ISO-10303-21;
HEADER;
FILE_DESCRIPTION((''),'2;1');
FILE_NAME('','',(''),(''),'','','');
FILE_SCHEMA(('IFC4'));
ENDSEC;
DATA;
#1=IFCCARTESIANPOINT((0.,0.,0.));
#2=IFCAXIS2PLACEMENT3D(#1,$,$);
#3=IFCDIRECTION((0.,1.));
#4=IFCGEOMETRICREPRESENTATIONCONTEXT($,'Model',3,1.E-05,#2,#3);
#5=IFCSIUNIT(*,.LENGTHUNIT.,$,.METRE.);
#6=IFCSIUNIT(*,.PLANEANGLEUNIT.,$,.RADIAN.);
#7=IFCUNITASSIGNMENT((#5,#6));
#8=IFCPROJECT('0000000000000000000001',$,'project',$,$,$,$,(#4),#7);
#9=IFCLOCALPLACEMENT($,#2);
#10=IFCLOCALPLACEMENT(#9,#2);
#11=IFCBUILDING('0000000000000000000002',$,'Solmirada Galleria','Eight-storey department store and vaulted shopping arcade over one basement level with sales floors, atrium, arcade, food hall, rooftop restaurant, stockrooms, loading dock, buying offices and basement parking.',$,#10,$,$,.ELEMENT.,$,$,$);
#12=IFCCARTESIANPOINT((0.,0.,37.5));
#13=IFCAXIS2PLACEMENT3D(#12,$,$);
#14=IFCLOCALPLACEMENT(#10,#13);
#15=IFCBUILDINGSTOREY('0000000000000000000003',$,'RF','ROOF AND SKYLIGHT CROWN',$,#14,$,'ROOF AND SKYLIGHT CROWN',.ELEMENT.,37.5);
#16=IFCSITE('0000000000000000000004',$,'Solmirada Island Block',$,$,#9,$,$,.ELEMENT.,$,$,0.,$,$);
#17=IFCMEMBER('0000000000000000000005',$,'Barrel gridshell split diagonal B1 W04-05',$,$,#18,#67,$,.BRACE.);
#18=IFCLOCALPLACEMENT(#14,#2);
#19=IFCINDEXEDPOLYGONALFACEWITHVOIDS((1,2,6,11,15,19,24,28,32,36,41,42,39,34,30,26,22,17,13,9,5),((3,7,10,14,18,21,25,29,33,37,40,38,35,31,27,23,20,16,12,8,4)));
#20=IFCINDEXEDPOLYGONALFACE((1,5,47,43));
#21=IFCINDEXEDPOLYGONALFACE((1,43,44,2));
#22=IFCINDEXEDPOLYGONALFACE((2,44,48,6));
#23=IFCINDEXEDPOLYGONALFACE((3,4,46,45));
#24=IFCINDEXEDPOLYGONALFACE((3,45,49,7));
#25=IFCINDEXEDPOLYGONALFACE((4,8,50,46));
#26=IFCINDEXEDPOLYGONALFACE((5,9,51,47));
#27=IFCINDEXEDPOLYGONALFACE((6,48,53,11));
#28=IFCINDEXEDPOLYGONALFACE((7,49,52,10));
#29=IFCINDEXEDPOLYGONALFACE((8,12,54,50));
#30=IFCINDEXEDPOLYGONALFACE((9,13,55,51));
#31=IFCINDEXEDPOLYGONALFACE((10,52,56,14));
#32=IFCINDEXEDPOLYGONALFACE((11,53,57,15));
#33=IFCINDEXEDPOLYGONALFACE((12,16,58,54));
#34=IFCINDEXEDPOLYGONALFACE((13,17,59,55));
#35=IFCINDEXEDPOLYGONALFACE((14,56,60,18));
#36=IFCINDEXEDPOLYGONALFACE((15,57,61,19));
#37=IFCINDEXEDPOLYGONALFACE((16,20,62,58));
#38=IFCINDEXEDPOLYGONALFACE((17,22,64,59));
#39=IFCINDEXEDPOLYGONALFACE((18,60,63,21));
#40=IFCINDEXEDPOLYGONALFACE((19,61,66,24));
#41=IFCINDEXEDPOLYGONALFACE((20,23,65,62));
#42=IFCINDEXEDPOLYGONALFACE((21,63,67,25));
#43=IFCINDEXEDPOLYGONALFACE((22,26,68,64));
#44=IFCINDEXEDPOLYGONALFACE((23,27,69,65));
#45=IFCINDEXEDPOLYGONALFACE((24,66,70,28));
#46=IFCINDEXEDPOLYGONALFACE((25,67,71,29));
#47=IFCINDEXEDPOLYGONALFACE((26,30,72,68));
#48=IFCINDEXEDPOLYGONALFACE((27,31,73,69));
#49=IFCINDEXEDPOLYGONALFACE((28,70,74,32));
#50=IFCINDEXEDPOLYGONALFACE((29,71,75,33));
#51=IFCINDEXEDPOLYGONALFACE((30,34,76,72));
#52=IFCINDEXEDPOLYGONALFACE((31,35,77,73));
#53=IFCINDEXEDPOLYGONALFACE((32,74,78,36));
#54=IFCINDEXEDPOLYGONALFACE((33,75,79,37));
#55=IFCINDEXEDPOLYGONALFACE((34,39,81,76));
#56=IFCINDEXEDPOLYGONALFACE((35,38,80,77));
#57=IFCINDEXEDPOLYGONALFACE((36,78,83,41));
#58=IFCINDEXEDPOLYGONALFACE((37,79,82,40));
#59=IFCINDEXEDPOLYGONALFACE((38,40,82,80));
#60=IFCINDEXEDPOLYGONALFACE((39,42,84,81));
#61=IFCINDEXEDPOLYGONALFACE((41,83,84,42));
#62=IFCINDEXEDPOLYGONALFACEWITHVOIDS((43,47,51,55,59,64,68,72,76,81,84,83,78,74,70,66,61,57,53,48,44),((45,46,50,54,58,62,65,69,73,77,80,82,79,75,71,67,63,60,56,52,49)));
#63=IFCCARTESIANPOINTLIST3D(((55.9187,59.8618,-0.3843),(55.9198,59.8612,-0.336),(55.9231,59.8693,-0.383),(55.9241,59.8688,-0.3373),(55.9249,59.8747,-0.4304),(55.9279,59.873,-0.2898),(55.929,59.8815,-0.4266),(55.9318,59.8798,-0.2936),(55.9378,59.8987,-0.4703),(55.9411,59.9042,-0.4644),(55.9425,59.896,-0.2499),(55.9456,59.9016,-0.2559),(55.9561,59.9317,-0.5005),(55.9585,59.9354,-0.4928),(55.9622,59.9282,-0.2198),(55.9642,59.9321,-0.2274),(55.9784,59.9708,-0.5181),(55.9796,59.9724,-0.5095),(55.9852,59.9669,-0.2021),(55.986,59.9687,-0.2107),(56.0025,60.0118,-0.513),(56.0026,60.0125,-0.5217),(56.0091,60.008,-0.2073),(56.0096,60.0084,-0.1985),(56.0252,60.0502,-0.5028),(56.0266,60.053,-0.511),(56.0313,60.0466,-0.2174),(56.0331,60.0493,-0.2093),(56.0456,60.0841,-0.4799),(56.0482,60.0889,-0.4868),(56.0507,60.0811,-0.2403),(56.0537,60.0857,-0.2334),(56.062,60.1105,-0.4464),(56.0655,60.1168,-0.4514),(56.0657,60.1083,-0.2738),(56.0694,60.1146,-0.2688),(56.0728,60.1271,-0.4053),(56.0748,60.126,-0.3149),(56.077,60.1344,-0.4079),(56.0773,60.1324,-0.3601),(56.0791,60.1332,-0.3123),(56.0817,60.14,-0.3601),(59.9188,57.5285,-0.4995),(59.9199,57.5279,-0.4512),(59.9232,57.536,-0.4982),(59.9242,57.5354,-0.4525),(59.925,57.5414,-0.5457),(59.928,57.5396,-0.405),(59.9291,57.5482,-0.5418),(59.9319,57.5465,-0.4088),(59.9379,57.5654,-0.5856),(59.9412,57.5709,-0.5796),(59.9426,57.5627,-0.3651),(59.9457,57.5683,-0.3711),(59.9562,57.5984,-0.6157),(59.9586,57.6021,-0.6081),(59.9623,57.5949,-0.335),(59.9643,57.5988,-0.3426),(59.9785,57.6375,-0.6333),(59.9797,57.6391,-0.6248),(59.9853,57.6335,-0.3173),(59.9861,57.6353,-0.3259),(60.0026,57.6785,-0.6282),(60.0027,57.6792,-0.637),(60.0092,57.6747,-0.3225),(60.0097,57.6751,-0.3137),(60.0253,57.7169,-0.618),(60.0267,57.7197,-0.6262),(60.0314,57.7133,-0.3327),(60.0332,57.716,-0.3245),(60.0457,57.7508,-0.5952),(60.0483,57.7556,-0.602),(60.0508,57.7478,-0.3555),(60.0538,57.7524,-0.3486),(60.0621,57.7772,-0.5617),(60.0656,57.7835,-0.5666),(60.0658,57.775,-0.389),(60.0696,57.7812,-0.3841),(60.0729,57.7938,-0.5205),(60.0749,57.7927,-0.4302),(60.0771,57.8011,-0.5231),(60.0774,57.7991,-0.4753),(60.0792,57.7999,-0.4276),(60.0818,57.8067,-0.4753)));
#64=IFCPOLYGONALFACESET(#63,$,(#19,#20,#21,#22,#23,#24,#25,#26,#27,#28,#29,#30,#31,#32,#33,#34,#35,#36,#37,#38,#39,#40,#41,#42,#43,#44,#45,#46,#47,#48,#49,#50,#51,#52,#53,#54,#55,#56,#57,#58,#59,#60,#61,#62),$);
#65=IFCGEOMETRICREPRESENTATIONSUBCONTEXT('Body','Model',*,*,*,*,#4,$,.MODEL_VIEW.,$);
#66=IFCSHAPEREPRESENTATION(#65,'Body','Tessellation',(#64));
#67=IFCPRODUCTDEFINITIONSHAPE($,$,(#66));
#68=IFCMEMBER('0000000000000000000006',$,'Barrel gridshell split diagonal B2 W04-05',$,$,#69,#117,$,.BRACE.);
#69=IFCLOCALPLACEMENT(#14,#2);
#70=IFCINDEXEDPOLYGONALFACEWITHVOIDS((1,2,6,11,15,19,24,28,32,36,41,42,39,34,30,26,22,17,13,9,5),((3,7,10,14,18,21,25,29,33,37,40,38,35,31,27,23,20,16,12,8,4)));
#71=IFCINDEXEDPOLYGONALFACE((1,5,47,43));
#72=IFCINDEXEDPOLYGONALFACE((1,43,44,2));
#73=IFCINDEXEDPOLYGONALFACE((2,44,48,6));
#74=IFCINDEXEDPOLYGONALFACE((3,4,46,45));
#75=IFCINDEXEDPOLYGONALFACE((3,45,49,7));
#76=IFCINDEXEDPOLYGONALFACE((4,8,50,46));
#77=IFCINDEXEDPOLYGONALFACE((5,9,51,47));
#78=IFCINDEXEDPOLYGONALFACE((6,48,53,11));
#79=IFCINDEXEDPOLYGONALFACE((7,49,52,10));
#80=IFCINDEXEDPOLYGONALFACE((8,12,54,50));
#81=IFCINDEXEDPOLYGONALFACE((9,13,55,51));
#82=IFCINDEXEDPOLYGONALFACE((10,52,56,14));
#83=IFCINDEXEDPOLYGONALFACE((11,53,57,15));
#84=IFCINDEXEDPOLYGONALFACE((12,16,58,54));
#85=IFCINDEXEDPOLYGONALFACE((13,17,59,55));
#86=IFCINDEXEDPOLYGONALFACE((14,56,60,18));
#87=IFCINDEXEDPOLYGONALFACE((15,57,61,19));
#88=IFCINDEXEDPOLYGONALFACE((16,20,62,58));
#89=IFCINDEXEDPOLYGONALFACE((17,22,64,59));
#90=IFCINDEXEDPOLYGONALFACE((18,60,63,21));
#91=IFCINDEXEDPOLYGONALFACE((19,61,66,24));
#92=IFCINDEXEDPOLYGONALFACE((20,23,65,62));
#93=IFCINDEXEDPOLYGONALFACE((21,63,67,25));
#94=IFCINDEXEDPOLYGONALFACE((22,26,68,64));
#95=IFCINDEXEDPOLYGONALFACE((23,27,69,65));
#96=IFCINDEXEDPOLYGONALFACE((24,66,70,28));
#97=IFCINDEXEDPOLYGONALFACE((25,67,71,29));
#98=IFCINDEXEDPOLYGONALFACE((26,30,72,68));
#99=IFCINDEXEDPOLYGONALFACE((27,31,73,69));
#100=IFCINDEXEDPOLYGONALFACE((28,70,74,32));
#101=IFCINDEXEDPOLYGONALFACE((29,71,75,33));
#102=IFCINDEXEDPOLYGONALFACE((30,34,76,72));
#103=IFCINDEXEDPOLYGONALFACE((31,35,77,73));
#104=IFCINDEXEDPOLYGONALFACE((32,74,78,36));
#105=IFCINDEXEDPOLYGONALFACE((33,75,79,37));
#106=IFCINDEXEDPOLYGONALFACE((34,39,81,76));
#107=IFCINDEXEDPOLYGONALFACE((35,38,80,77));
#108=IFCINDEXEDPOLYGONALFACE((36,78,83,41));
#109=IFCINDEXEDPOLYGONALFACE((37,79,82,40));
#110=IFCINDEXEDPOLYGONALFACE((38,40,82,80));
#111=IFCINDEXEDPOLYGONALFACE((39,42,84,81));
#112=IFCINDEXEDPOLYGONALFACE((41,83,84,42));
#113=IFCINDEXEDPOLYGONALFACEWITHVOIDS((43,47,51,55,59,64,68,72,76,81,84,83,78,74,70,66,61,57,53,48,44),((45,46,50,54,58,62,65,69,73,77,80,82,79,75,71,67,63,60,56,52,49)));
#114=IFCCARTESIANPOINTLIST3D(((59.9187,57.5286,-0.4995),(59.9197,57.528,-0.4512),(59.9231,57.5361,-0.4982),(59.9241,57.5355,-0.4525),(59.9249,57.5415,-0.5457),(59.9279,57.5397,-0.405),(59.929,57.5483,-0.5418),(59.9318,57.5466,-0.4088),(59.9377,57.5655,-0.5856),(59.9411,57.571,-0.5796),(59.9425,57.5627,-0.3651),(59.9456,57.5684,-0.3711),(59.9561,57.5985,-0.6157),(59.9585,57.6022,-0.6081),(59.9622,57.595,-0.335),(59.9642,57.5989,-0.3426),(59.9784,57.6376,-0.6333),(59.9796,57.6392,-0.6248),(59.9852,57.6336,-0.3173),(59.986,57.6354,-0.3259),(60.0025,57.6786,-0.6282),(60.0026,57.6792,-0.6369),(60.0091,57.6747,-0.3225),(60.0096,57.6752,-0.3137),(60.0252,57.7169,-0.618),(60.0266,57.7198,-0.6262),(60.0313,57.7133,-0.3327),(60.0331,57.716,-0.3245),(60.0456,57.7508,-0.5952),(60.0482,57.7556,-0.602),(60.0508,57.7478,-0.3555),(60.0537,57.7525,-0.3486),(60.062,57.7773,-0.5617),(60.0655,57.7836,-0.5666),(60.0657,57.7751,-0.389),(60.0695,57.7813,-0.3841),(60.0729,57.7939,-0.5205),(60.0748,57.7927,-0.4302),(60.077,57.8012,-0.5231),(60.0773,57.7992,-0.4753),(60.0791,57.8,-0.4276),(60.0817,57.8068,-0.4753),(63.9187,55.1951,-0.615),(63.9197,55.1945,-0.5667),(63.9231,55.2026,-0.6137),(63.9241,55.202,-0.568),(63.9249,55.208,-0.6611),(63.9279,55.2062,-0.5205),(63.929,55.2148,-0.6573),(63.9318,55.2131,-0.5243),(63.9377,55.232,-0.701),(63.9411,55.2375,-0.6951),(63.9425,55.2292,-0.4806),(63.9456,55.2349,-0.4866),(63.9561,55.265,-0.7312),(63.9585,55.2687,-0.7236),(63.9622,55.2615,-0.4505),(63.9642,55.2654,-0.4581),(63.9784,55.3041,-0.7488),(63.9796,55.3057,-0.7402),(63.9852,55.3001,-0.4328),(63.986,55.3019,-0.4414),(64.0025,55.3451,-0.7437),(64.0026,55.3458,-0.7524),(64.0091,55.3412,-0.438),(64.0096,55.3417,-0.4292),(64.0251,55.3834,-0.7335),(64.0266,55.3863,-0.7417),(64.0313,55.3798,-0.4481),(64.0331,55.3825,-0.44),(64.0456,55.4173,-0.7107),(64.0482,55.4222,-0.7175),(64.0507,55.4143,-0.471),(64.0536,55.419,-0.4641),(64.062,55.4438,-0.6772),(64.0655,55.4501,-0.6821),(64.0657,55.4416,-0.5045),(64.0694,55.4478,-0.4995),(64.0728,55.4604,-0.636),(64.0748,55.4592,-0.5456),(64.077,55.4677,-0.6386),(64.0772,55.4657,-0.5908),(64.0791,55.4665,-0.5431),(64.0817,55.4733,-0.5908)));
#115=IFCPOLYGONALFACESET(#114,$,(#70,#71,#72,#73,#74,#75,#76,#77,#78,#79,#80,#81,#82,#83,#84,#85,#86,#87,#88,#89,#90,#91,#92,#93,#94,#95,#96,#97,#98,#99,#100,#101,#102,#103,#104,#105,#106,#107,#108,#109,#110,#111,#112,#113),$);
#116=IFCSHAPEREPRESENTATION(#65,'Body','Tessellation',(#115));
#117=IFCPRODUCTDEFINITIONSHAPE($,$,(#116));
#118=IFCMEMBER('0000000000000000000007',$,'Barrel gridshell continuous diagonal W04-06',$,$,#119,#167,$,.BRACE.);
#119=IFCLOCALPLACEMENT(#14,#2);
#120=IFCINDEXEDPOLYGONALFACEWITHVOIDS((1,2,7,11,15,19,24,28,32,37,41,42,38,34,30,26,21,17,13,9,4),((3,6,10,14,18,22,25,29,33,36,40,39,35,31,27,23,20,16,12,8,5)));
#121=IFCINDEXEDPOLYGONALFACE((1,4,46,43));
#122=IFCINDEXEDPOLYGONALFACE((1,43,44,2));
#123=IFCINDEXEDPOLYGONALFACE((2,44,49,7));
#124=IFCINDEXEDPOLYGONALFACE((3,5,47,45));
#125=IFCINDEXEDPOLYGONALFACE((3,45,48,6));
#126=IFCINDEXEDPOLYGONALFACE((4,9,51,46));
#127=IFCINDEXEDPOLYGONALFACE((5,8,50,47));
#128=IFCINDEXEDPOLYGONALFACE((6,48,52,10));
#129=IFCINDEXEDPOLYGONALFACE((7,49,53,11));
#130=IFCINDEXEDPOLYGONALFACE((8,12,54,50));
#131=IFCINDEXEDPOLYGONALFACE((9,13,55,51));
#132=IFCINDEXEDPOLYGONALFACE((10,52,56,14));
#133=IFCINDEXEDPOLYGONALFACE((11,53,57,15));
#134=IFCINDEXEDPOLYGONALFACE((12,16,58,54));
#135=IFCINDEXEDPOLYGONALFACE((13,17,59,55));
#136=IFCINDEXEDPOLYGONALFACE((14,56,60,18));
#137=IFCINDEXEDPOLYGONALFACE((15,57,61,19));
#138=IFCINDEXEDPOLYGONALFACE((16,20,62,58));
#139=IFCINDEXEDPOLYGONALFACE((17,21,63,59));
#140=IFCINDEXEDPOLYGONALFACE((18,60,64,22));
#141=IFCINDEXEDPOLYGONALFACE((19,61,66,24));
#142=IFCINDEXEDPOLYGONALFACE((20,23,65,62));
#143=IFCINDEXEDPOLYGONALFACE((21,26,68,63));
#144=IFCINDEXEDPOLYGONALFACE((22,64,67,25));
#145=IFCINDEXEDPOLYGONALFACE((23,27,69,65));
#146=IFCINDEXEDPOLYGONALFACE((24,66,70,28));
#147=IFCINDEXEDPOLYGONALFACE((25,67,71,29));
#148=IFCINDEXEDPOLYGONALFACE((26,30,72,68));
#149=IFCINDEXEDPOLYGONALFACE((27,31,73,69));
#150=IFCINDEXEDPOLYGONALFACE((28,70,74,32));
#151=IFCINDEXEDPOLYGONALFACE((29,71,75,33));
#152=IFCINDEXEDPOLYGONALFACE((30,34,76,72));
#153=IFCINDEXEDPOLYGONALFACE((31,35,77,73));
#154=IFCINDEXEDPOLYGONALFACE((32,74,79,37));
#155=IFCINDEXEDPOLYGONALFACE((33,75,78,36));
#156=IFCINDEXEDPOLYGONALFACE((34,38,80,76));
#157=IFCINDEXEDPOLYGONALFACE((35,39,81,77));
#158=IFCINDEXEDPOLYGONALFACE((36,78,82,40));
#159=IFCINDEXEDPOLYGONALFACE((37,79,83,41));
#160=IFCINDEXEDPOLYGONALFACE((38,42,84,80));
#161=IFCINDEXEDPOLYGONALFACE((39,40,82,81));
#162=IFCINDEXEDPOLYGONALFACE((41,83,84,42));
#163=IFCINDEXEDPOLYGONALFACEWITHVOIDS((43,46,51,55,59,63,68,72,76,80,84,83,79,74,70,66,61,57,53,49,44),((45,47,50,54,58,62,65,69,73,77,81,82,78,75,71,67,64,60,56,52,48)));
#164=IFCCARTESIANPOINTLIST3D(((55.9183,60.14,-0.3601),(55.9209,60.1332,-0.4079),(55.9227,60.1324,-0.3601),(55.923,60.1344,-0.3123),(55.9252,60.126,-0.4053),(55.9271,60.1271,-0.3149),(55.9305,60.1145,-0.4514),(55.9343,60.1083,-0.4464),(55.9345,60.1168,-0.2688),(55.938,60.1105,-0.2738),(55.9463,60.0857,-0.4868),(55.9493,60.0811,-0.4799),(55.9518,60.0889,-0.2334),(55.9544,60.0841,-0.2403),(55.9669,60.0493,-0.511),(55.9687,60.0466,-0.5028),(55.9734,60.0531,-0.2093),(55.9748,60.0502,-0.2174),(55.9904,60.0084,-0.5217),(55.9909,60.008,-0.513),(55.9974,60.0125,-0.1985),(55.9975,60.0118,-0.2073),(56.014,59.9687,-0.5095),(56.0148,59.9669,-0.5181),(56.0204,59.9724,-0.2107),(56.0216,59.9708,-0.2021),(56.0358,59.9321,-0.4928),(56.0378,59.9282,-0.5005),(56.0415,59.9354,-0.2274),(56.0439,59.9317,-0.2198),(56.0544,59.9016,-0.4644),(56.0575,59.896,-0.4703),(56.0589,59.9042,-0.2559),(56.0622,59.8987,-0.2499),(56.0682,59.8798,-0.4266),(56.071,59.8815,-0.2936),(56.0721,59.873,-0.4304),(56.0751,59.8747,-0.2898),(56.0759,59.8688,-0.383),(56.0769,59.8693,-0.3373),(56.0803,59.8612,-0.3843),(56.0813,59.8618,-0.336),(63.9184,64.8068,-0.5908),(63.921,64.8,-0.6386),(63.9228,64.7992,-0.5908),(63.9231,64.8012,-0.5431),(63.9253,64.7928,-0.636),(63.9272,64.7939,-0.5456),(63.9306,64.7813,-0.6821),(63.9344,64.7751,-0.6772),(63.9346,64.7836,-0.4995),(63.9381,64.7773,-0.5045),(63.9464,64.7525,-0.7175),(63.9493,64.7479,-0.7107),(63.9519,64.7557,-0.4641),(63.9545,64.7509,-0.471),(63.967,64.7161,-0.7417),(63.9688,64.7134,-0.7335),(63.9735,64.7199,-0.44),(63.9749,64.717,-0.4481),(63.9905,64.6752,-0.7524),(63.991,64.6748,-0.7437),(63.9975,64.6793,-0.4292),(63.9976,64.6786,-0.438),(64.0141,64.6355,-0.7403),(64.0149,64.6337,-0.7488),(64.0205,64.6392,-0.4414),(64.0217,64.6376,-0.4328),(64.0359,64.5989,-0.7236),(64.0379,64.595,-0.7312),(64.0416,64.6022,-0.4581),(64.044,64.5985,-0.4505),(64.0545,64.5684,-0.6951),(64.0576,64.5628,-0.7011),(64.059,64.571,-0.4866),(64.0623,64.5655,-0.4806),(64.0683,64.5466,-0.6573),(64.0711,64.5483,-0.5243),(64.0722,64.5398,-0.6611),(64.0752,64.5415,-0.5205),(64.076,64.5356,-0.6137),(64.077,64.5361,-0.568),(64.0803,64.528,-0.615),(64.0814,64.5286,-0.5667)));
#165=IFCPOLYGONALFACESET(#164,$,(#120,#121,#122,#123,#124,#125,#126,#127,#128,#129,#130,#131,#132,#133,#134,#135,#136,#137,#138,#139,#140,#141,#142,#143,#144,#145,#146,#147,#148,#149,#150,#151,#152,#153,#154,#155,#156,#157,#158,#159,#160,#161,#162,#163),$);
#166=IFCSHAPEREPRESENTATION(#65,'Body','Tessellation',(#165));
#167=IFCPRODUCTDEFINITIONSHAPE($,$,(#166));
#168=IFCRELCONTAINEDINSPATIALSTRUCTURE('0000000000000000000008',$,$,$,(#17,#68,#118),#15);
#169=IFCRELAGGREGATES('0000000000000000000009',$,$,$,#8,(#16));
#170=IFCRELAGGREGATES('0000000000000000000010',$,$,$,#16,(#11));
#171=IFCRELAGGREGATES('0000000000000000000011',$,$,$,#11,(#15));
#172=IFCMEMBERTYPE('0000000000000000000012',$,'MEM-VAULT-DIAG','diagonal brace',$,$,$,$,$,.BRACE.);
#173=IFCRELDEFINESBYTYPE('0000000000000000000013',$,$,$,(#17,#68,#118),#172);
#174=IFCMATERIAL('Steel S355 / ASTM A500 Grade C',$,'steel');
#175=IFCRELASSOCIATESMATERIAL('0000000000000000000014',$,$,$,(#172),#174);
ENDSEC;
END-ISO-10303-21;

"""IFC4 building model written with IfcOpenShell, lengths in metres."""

from ifc_helpers import new_model, si_unit, direction, frame, origin, origin_2d, place, context, subcontext, project, spatial, hollow_circle, extrude, material, material_profile, profile_set, type_object, element, save


model = new_model("IFC4")

# Units and contexts
model_context = context("Model", 3, precision=1e-05, world=origin(), true_north=direction((0.0, 1.0)))
body_context = subcontext(model_context, "Body", "Model", "MODEL_VIEW")
ifc_project = project(units=[si_unit("LENGTHUNIT", "METRE"), si_unit("PLANEANGLEUNIT", "RADIAN")], contexts=[model_context])

# Site, building, storey
site_placement = place(None, origin())
site = spatial("IfcSite", under=ifc_project, at=site_placement, Name="Solmirada Island Block", CompositionType="ELEMENT", RefElevation=0.0)
building_placement = place(site_placement, origin())
building = spatial("IfcBuilding", under=site, at=building_placement, Name="Solmirada Galleria", Description="Eight-storey department store and vaulted shopping arcade over one basement level with sales floors, atrium, arcade, food hall, rooftop restaurant, stockrooms, loading dock, buying offices and basement parking.", CompositionType="ELEMENT")
storey_placement = place(building_placement, frame((0.0, 0.0, 37.5)))
storey = spatial("IfcBuildingStorey", under=building, at=storey_placement, Name="RF", Description="ROOF AND SKYLIGHT CROWN", LongName="ROOF AND SKYLIGHT CROWN", CompositionType="ELEMENT", Elevation=37.5)

# Members
ifc_material_1 = material(Name="Steel S355 / ASTM A500 Grade C", Category="steel")
ifc_material_profile_1 = material_profile(ifc_material_1, hollow_circle(Radius=0.1621, WallThickness=0.0088, at=origin_2d()), Name="HSS12.750X0.375")
ifc_profile_set_1 = profile_set([ifc_material_profile_1], Name="Steel S355 / ASTM A500 Grade C")
member_type_1 = type_object("IfcMemberType", Name="MEM-VAULT-DIAG", Description="diagonal brace", PredefinedType="BRACE", material=ifc_profile_set_1)
for number, where, z_axis, x_axis, name in (
    (1, (56.0, 60.0, -0.3601), (0.863519, -0.503702, -0.024877), (0.503858, 0.863787, 0.0), "Barrel gridshell split diagonal B1 W04-05"),
    (2, (60.0, 57.6667, -0.4753), (0.863495, -0.503741, -0.024929), (0.503897, 0.863764, 0.0), "Barrel gridshell split diagonal B2 W04-05"),
):
    element("IfcMember", number, at=place(storey_placement, frame(where, z_axis=z_axis, x_axis=x_axis)), inside=storey, type_object=member_type_1, Name=name, PredefinedType="BRACE", context=body_context, shape_type="SweptSolid", body=[
        extrude(hollow_circle(Radius=0.1621, WallThickness=0.0088, at=origin_2d()), origin(), (0.0, 0.0, 1.0), 4.6323),
    ])
member_1_placement = place(storey_placement, frame((56.0, 60.0, -0.3601), z_axis=(0.863507, 0.503721, -0.024903), x_axis=(-0.503878, 0.863775, 0.0)))
element("IfcMember", 3, at=member_1_placement, inside=storey, type_object=member_type_1, Name="Barrel gridshell continuous diagonal W04-06", PredefinedType="BRACE", context=body_context, shape_type="SweptSolid", body=[
    extrude(hollow_circle(Radius=0.1621, WallThickness=0.0088, at=origin_2d()), origin(), (0.0, 0.0, 1.0), 9.2646),
])

save(model, "model.ifc")
